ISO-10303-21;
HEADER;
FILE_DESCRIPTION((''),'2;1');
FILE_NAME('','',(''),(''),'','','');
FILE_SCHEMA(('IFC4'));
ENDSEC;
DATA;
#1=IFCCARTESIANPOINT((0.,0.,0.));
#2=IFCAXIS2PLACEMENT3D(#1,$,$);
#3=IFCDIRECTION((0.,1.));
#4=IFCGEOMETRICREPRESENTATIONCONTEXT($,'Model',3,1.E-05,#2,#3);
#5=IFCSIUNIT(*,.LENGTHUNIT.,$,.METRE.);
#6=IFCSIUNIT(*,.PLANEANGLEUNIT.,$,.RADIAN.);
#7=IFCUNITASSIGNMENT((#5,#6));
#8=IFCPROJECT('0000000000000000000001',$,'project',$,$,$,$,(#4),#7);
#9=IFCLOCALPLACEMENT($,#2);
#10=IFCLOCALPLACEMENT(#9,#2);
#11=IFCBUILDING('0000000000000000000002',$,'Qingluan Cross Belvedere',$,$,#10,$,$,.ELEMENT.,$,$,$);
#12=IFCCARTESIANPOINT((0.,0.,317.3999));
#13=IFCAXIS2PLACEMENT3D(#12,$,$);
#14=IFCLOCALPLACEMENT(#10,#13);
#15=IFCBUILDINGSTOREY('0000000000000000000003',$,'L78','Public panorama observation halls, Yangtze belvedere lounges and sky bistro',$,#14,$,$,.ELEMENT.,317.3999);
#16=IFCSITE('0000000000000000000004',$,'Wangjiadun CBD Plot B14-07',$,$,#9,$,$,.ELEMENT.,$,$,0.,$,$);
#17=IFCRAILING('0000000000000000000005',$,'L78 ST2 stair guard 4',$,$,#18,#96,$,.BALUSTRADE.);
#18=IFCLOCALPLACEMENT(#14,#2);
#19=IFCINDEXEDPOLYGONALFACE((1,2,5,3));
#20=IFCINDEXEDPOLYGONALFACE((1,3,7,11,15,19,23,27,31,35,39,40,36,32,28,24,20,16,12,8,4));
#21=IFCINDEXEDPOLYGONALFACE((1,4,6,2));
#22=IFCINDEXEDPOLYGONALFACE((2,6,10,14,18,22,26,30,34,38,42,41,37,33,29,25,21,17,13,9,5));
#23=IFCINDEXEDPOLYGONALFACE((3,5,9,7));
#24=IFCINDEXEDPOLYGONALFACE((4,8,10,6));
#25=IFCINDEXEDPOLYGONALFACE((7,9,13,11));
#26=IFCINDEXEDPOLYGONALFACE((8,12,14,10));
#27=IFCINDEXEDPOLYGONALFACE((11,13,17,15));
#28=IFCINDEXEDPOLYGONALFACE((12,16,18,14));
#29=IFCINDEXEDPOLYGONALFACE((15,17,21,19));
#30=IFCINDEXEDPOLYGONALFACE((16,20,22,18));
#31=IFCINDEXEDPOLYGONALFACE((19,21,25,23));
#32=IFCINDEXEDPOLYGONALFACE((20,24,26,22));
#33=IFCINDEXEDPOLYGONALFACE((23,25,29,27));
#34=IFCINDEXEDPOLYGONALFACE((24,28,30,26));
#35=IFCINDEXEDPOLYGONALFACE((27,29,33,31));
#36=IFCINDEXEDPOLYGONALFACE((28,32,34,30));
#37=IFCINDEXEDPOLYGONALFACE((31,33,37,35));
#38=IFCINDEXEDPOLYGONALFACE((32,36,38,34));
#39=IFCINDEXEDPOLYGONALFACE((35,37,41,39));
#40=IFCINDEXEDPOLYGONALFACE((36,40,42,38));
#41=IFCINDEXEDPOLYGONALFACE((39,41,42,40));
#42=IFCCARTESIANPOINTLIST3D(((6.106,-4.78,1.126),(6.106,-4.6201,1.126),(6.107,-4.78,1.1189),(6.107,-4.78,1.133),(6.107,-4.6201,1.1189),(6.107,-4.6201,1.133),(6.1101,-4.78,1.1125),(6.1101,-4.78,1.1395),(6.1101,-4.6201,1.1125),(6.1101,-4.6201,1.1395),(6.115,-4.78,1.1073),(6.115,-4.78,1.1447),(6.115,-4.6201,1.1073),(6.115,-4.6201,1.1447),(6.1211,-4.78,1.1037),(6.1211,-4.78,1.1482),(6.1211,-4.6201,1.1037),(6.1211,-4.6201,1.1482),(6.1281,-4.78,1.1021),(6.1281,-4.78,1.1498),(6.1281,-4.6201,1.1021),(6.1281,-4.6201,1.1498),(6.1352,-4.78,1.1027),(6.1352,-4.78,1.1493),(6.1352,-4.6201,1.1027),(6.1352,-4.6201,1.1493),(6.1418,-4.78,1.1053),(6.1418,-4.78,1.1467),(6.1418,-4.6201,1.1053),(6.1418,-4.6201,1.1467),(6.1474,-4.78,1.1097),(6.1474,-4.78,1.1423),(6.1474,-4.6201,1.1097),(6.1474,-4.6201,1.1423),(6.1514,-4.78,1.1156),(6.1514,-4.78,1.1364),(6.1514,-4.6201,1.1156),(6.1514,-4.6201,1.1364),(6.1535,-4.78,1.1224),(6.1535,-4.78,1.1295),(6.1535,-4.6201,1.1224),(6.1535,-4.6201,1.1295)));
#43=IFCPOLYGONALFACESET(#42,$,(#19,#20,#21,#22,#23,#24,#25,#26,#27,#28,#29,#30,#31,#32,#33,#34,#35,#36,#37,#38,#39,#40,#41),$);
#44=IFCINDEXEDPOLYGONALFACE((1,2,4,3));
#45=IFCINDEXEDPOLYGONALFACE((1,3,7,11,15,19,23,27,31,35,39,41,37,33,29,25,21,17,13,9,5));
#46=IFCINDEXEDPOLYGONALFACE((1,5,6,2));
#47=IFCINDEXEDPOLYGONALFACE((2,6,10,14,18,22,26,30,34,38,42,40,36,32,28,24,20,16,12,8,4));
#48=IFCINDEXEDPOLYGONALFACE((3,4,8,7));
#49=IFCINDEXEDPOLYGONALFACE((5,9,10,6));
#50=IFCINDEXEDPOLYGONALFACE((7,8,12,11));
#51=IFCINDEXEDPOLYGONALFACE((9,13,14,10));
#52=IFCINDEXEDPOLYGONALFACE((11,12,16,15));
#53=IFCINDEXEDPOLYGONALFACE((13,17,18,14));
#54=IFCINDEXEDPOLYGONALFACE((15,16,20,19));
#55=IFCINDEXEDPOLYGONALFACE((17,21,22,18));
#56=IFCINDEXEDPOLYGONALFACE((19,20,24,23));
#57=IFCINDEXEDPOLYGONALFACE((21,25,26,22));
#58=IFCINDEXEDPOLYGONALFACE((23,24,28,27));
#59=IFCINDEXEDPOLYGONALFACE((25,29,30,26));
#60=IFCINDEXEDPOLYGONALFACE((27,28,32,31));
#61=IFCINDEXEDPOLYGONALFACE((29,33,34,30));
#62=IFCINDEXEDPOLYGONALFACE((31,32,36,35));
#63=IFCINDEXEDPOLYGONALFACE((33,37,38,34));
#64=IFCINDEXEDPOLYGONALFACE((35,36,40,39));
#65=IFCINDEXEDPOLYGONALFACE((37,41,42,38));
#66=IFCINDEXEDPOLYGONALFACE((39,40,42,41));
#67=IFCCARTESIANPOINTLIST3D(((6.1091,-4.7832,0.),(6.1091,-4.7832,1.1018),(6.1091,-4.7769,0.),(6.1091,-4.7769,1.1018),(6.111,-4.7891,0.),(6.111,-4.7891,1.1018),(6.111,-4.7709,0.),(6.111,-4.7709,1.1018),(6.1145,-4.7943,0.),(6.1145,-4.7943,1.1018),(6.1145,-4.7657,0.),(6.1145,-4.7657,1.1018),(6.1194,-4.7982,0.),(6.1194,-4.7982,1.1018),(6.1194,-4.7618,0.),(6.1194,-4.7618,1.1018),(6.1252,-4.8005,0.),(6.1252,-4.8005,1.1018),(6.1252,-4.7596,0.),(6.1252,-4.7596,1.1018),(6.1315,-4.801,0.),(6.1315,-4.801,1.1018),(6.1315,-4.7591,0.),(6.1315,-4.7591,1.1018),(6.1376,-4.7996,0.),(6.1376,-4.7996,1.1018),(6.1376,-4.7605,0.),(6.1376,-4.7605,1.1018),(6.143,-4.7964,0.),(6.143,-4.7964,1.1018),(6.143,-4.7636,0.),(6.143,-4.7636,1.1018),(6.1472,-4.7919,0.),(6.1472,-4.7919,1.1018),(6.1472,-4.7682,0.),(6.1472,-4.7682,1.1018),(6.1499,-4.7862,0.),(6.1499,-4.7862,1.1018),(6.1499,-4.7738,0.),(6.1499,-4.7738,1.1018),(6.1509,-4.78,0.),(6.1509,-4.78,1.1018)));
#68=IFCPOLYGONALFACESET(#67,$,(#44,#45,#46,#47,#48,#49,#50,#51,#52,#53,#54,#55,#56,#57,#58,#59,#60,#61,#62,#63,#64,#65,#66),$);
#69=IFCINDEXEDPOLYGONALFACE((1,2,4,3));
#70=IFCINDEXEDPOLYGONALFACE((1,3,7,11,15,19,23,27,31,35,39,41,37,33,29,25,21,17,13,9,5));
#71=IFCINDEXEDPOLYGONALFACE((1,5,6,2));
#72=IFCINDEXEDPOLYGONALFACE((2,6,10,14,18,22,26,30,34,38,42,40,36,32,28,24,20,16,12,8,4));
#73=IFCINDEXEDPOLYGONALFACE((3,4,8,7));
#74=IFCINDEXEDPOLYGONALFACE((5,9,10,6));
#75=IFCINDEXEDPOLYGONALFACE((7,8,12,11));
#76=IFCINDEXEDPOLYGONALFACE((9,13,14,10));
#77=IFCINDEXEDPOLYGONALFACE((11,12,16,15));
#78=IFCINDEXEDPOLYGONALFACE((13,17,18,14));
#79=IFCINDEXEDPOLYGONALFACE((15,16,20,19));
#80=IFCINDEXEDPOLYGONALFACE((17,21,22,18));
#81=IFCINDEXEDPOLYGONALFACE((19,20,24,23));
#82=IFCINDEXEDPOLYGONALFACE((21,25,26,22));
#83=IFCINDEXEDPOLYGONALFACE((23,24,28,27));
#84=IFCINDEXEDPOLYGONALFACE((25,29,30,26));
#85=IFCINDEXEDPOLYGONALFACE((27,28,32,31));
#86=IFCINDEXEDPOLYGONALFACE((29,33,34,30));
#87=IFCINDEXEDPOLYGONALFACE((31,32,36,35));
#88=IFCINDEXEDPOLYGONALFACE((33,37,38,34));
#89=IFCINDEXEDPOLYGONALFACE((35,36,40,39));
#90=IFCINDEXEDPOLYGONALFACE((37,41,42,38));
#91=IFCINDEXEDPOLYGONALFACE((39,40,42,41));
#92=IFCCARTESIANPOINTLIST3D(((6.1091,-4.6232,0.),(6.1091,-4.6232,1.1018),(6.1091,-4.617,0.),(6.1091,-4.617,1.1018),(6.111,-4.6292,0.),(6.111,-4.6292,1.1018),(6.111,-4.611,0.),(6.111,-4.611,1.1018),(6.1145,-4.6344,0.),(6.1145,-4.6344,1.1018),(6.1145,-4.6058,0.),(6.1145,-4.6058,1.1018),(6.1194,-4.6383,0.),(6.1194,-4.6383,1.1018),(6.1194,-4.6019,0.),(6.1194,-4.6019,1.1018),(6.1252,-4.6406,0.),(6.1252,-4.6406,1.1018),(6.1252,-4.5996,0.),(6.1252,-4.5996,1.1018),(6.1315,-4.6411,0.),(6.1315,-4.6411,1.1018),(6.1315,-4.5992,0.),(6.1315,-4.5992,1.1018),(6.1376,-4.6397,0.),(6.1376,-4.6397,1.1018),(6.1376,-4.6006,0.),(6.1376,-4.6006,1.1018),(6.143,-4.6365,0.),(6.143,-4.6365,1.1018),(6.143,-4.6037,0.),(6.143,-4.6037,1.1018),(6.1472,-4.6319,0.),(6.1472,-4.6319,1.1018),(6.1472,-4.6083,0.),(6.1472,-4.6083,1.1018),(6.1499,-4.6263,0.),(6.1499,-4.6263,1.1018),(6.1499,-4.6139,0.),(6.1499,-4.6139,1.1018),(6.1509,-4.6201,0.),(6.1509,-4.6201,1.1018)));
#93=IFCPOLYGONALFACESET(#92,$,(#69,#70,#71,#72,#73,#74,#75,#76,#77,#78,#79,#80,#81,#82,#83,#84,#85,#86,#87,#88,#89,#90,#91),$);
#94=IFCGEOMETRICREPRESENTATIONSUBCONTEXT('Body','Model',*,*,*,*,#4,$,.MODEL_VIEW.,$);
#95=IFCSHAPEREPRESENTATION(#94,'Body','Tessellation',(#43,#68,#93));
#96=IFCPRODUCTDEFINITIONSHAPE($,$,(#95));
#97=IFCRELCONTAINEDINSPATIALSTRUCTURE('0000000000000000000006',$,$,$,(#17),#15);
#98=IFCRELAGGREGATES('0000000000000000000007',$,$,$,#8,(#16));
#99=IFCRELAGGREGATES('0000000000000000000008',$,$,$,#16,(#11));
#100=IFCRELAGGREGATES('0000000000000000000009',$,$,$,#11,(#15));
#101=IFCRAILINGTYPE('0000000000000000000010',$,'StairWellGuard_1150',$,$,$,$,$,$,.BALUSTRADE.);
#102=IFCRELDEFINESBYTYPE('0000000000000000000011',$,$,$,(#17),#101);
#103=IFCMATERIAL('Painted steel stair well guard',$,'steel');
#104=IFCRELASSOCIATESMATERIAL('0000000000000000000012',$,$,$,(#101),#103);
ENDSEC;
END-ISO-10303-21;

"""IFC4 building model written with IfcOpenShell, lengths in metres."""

from ifc_helpers import new_model, si_unit, direction, frame, origin, origin_2d, place, context, subcontext, project, spatial, circle, extrude, material, type_object, element, save


model = new_model("IFC4")

# Units and contexts
model_context = context("Model", 3, precision=1e-05, world=origin(), true_north=direction((0.0, 1.0)))
body_context = subcontext(model_context, "Body", "Model", "MODEL_VIEW")
ifc_project = project(units=[si_unit("LENGTHUNIT", "METRE"), si_unit("PLANEANGLEUNIT", "RADIAN")], contexts=[model_context])

# Site, building, storey
site_placement = place(None, origin())
site = spatial("IfcSite", under=ifc_project, at=site_placement, Name="Wangjiadun CBD Plot B14-07", CompositionType="ELEMENT", RefElevation=0.0)
building_placement = place(site_placement, origin())
building = spatial("IfcBuilding", under=site, at=building_placement, Name="Qingluan Cross Belvedere", CompositionType="ELEMENT")
storey_placement = place(building_placement, frame((0.0, 0.0, 317.3999)))
storey = spatial("IfcBuildingStorey", under=building, at=storey_placement, Name="L78", Description="Public panorama observation halls, Yangtze belvedere lounges and sky bistro", CompositionType="ELEMENT", Elevation=317.3999)

# Railing
ifc_material_1 = material(Name="Painted steel stair well guard", Category="steel")
railing_type_1 = type_object("IfcRailingType", Name="StairWellGuard_1150", PredefinedType="BALUSTRADE", material=ifc_material_1)
railing_1_placement = place(storey_placement, frame((6.1299, -4.78, 0.0)))
element("IfcRailing", 1, at=railing_1_placement, inside=storey, type_object=railing_type_1, Name="L78 ST2 stair guard 4", PredefinedType="BALUSTRADE", context=body_context, shape_type="SweptSolid", body=[
    extrude(circle(Radius=0.0239, at=origin_2d()), frame((0.0, 0.0, 1.126), z_axis=(0.0, 1.0, 0.0), x_axis=(-1.0, 0.0, 0.0)), (0.0, 0.0, 1.0), 0.1599),
    extrude(circle(Radius=0.021, at=origin_2d()), origin(), (0.0, 0.0, 1.0), 1.1018),
    extrude(circle(Radius=0.021, at=origin_2d()), frame((0.0, 0.1599, 0.0)), (0.0, 0.0, 1.0), 1.1018),
])

save(model, "model.ifc")
